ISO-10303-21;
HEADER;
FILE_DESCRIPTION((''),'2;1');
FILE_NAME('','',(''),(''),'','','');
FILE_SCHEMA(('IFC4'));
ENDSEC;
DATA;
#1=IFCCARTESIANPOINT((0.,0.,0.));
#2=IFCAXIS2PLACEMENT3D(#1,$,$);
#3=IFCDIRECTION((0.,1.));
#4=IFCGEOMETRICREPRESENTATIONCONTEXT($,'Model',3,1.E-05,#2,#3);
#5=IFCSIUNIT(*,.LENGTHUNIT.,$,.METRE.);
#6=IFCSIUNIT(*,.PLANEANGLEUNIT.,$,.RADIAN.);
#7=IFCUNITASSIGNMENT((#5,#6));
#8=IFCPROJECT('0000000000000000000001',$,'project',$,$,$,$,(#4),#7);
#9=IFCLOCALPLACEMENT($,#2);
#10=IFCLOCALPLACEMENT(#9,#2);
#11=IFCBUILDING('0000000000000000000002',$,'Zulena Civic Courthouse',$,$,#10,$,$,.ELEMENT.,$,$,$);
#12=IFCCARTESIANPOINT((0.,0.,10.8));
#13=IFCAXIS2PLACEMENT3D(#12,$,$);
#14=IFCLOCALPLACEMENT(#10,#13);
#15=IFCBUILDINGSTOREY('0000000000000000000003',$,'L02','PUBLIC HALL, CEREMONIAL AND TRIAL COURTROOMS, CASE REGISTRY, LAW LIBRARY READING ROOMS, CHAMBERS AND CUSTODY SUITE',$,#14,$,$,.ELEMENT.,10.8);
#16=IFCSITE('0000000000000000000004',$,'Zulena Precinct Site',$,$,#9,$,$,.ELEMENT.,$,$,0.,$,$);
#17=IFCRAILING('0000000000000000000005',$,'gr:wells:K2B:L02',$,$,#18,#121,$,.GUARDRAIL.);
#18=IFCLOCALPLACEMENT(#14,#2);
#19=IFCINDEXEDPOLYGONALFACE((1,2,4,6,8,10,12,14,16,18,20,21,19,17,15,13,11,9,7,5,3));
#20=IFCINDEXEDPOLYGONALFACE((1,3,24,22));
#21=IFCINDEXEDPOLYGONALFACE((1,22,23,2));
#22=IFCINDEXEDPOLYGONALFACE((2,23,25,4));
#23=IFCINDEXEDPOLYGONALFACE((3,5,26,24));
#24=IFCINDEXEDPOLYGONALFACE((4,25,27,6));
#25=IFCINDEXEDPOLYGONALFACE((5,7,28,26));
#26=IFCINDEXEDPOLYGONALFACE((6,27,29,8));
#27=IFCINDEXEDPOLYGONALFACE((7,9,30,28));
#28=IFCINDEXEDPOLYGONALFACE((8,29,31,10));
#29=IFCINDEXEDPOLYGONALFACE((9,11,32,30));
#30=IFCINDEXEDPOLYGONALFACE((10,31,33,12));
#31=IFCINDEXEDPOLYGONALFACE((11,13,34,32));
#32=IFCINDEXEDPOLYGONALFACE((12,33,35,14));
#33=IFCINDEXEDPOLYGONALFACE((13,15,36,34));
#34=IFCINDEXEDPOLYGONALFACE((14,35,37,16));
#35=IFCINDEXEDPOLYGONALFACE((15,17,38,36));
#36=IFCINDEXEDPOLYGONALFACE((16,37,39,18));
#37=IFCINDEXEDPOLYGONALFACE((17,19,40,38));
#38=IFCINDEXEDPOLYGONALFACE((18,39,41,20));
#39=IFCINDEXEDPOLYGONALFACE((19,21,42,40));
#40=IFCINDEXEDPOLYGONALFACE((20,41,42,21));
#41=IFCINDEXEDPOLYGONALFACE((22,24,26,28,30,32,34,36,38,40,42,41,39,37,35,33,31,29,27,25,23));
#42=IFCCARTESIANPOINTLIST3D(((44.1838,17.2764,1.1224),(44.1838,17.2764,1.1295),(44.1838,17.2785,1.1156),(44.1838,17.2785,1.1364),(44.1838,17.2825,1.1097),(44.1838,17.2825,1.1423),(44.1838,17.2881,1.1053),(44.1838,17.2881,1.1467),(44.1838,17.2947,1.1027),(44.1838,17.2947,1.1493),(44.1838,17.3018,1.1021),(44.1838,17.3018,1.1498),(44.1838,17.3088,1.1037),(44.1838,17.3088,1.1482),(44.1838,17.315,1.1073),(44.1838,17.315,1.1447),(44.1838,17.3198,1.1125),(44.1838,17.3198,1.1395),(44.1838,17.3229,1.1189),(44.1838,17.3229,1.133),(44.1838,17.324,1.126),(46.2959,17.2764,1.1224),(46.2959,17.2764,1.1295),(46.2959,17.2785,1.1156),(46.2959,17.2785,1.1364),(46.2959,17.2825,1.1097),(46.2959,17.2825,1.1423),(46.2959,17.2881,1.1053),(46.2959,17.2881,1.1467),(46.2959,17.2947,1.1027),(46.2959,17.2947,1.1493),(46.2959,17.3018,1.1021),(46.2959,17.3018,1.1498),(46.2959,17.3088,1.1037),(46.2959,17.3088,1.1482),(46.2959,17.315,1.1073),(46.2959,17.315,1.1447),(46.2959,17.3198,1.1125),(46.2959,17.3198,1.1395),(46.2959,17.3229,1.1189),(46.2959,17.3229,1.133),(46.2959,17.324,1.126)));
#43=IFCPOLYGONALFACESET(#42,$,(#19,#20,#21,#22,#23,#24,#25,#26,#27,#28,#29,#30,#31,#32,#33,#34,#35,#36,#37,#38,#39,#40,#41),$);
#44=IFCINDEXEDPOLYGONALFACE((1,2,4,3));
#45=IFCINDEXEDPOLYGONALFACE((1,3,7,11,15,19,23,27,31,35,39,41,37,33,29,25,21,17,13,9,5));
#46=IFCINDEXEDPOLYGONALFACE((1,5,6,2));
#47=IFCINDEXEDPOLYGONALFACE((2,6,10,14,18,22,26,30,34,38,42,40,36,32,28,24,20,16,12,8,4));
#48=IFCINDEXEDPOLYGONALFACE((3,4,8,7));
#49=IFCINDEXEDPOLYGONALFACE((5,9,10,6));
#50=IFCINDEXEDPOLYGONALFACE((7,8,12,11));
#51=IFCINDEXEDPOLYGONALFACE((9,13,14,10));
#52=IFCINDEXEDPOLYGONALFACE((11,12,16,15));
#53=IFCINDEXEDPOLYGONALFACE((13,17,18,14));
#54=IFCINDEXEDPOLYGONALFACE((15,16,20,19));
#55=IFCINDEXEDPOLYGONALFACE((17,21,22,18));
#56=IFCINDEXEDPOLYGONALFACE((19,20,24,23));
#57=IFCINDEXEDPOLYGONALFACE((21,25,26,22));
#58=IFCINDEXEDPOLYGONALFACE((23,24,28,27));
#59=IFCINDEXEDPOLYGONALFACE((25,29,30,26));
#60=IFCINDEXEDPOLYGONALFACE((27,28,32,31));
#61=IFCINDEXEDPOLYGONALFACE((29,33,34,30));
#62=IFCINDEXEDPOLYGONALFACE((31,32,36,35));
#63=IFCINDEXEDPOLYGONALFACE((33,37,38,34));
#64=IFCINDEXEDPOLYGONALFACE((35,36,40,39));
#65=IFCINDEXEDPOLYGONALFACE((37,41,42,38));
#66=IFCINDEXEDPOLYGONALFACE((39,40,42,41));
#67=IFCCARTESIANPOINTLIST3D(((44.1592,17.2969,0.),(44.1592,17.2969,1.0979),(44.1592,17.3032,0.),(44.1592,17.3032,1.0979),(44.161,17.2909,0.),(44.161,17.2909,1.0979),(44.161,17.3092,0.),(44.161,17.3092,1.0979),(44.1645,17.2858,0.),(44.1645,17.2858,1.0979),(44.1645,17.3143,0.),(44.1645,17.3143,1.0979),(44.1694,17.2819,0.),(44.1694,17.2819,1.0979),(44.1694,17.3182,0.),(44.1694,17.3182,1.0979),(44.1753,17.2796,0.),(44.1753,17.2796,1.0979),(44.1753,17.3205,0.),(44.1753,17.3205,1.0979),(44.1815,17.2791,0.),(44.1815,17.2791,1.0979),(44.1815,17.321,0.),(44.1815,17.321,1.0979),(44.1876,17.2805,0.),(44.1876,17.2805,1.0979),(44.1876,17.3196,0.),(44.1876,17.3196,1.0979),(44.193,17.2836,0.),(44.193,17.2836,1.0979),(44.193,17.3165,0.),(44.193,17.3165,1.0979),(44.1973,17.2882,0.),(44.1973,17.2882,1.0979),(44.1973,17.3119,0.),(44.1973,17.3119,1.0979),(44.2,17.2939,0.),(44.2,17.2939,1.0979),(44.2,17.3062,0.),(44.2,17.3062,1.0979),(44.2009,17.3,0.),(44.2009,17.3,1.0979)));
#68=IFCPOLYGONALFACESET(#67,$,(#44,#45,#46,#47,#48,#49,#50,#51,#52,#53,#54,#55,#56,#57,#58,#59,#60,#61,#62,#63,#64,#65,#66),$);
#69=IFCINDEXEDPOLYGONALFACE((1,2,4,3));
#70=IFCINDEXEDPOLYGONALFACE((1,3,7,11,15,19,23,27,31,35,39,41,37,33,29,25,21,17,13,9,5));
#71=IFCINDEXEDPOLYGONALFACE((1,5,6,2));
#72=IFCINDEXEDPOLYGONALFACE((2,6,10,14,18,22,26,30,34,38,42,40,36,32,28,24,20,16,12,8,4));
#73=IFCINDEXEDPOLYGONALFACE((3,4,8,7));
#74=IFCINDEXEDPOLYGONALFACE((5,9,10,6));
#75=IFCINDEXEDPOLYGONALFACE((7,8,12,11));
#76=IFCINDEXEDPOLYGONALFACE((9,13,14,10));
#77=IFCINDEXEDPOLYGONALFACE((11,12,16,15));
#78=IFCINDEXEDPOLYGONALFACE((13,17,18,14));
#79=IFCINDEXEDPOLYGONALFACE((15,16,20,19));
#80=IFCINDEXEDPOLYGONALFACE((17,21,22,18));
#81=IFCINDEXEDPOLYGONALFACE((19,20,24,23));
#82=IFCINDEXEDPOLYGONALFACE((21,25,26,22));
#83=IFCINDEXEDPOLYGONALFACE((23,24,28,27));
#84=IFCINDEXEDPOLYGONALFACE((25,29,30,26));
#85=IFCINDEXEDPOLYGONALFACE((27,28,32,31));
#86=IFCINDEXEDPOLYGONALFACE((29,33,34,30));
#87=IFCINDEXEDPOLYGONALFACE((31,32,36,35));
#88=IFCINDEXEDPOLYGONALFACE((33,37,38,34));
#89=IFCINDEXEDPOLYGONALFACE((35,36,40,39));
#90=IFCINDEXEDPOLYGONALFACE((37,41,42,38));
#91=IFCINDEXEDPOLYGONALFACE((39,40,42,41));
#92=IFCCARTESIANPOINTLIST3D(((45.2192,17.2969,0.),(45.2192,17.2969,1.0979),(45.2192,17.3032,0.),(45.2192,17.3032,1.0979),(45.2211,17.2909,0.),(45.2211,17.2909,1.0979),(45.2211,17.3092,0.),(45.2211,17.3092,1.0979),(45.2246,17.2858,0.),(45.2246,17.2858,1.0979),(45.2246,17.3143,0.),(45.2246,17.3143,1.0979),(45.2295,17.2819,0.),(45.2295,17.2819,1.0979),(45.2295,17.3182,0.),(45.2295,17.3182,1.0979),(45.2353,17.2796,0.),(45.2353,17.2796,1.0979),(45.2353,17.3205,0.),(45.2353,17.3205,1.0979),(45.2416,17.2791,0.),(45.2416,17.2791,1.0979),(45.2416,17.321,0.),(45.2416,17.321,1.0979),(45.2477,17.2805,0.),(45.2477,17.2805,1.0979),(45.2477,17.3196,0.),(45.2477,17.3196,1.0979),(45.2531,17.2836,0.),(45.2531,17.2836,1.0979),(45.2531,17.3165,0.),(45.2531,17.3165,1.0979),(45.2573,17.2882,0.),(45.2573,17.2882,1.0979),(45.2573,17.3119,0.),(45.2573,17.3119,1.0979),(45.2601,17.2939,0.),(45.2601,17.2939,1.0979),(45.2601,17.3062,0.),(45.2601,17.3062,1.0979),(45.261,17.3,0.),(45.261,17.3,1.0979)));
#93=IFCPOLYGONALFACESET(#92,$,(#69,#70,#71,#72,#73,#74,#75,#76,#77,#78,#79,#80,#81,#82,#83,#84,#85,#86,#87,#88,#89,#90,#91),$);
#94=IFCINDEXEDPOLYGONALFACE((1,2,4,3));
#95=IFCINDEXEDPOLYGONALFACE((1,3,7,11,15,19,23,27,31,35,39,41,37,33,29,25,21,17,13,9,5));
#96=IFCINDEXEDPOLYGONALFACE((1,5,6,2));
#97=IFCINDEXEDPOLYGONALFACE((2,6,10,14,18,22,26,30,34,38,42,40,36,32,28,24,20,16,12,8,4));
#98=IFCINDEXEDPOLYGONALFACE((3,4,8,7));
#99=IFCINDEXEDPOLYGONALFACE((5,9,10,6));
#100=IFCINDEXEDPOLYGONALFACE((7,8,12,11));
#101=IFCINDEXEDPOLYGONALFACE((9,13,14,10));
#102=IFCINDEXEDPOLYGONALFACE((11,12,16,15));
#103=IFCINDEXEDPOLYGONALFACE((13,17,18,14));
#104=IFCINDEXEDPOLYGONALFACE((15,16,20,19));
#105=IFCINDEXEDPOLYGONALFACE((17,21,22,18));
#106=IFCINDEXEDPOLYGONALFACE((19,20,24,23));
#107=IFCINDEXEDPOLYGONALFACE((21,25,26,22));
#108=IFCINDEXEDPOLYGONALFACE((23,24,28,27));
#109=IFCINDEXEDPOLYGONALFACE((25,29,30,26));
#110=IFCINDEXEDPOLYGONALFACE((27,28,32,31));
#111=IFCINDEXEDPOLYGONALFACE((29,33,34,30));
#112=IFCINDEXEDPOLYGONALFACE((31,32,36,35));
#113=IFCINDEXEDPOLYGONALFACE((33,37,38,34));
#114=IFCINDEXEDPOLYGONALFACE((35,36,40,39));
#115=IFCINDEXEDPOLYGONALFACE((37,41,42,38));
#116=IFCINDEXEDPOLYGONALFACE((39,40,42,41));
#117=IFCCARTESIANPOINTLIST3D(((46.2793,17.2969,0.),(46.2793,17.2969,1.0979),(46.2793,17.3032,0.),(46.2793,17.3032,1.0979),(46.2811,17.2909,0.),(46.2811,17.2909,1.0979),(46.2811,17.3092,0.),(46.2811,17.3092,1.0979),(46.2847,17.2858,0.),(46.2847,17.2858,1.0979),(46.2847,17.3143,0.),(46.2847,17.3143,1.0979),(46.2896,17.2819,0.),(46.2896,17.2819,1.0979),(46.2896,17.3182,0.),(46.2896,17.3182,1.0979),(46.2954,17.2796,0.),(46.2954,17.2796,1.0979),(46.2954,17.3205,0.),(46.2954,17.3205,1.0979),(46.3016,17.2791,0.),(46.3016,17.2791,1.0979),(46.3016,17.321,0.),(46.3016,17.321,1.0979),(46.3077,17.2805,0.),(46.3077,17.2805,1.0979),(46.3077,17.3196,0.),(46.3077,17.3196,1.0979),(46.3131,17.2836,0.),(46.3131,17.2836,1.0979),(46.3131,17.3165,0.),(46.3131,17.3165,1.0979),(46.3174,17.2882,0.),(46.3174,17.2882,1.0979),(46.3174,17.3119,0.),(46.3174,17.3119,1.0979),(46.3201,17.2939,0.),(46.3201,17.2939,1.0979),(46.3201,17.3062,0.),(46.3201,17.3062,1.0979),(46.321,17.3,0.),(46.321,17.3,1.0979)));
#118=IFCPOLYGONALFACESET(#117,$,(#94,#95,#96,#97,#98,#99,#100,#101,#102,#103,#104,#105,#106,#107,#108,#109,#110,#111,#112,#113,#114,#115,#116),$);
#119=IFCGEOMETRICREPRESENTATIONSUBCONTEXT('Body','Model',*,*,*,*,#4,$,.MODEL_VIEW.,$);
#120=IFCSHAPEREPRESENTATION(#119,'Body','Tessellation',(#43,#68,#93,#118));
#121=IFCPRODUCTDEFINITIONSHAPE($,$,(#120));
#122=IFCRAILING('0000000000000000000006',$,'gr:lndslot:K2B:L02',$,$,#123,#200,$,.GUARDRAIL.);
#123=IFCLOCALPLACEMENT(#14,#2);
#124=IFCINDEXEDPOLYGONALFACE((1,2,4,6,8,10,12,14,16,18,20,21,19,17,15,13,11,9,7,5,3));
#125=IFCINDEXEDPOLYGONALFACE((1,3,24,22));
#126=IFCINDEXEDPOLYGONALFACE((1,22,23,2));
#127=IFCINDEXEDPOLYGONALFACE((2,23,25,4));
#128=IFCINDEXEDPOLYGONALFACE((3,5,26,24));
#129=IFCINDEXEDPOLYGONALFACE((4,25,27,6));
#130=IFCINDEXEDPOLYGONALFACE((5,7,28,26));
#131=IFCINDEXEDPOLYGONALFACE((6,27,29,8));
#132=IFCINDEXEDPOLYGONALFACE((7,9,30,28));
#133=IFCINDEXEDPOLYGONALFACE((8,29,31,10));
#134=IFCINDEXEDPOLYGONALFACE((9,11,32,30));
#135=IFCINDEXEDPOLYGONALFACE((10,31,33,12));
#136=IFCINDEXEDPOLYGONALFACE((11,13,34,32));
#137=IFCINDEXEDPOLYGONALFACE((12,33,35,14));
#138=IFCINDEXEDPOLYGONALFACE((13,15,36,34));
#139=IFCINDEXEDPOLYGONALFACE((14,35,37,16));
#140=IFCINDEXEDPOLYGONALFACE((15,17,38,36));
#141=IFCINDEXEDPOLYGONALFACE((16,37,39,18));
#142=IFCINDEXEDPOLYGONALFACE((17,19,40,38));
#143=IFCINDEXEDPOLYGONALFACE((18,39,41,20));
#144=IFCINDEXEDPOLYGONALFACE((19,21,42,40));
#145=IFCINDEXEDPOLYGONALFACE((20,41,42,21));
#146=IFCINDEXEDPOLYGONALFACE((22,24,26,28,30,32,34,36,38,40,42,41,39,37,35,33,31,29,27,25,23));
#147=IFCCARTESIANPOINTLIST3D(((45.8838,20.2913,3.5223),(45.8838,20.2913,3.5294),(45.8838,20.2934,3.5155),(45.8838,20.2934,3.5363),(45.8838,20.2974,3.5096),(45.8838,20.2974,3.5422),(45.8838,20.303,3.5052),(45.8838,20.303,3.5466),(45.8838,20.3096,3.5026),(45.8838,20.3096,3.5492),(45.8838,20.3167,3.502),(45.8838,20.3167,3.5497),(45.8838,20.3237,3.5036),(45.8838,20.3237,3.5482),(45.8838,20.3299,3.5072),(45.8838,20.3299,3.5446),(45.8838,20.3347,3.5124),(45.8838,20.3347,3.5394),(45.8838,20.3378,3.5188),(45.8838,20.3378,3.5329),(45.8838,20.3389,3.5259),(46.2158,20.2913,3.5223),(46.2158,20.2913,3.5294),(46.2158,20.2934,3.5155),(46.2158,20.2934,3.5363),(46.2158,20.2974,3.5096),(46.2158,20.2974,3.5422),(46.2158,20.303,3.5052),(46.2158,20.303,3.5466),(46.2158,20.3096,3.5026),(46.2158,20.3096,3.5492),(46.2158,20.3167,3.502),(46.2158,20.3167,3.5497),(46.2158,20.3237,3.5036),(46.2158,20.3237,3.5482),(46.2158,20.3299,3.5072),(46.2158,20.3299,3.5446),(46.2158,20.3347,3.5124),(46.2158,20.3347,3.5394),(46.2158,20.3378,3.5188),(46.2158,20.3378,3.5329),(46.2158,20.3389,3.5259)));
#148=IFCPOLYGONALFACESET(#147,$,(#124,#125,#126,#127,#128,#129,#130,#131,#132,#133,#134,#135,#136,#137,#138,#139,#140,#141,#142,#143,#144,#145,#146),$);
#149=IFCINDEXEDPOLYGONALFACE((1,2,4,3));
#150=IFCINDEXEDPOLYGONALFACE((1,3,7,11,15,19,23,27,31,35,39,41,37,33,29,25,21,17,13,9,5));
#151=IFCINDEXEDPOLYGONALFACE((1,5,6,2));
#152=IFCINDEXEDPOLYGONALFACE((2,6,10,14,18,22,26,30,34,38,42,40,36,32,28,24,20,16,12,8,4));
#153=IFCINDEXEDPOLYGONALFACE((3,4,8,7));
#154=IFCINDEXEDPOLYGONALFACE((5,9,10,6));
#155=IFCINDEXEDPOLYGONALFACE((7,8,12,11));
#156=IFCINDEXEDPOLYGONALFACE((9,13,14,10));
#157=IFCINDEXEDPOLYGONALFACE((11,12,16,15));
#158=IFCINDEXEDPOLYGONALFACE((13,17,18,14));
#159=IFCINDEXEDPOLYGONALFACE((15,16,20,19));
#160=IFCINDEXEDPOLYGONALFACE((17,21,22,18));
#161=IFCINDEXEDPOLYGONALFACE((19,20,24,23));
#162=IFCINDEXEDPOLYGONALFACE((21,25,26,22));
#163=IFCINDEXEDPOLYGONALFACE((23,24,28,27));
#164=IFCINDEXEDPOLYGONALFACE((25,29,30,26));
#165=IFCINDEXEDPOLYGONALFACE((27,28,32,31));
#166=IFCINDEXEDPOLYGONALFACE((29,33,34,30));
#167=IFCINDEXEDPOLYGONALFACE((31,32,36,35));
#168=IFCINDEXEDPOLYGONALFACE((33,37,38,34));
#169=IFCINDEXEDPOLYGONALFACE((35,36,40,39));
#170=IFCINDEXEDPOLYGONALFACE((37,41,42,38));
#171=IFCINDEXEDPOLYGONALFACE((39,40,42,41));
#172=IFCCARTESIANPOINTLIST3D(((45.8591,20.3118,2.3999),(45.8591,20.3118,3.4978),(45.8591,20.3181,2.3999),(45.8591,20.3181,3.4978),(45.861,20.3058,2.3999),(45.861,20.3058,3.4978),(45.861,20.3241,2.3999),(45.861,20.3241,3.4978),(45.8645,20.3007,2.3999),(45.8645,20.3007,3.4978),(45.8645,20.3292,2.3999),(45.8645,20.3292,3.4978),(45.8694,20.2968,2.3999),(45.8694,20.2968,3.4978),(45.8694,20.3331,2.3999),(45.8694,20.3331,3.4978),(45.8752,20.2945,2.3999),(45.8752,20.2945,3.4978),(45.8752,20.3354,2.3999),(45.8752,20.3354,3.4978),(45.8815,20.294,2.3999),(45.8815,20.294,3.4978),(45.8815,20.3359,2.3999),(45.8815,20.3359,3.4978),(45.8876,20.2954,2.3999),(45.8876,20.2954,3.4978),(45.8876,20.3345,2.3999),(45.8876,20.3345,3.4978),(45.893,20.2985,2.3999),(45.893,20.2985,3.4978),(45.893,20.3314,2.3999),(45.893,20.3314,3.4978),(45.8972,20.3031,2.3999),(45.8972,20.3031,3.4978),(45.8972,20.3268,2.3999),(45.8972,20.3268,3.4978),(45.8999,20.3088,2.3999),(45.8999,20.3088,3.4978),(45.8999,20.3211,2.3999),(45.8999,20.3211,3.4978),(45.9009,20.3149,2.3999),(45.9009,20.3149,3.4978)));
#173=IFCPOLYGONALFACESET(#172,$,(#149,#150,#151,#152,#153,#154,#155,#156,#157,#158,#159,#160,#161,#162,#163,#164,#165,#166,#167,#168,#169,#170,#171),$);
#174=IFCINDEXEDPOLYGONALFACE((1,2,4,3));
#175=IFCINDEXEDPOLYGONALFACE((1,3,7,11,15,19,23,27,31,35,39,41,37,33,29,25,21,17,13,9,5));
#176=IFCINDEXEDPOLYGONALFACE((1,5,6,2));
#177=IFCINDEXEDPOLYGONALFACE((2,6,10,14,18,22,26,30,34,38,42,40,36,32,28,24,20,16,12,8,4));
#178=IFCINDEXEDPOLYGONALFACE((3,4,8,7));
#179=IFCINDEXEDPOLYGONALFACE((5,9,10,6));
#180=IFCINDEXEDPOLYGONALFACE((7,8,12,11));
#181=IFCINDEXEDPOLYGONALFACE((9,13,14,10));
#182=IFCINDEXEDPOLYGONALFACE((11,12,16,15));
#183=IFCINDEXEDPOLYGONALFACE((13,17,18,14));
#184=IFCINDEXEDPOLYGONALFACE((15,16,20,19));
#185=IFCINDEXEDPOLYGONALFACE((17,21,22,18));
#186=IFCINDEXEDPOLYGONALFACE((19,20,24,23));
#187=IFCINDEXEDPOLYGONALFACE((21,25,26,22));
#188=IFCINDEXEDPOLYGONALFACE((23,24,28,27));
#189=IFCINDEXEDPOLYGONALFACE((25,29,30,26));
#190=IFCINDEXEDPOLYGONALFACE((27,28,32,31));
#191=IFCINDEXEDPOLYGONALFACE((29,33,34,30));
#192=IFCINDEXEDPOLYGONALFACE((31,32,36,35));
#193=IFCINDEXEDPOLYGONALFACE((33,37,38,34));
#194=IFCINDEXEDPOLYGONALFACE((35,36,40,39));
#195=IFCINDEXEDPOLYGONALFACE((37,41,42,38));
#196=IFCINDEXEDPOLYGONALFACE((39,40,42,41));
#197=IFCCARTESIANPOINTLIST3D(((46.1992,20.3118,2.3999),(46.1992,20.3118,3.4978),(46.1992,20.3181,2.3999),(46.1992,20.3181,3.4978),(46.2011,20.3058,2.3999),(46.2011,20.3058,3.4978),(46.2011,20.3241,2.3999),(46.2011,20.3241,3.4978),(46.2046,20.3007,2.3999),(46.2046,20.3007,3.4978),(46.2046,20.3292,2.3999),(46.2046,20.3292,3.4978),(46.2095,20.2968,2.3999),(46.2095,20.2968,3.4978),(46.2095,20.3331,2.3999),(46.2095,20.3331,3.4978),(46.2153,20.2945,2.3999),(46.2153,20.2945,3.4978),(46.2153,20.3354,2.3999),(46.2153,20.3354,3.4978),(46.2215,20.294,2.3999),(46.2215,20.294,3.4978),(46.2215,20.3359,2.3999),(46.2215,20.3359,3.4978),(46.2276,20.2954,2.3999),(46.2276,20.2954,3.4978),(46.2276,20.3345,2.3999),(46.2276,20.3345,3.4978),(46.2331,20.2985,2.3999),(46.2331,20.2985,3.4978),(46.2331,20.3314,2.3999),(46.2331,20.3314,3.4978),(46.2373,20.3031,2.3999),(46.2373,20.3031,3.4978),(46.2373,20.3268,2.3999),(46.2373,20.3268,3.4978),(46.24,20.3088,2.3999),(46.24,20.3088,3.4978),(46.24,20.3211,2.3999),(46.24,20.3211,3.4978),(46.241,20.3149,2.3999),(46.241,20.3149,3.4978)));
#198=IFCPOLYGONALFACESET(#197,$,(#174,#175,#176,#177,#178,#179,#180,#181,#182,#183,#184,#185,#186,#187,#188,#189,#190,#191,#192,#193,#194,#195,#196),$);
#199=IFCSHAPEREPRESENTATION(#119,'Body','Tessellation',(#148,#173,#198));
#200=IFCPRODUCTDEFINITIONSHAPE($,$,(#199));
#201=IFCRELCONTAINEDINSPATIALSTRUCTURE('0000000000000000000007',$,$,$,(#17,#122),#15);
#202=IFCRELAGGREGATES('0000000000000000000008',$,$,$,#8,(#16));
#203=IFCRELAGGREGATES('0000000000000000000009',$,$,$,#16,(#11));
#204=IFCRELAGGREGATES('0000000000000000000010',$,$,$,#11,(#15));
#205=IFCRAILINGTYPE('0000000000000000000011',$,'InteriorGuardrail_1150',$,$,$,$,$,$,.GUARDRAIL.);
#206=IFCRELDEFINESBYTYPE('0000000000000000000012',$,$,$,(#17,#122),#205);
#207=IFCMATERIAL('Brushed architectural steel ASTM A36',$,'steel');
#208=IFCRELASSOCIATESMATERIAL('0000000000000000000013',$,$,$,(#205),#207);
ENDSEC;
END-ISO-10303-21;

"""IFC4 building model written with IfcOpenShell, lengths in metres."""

from ifc_helpers import new_model, si_unit, direction, frame, origin, origin_2d, place, context, subcontext, project, spatial, circle, extrude, material, type_object, element, save


model = new_model("IFC4")

# Units and contexts
model_context = context("Model", 3, precision=1e-05, world=origin(), true_north=direction((0.0, 1.0)))
body_context = subcontext(model_context, "Body", "Model", "MODEL_VIEW")
ifc_project = project(units=[si_unit("LENGTHUNIT", "METRE"), si_unit("PLANEANGLEUNIT", "RADIAN")], contexts=[model_context])

# Site, building, storey
site_placement = place(None, origin())
site = spatial("IfcSite", under=ifc_project, at=site_placement, Name="Zulena Precinct Site", CompositionType="ELEMENT", RefElevation=0.0)
building_placement = place(site_placement, origin())
building = spatial("IfcBuilding", under=site, at=building_placement, Name="Zulena Civic Courthouse", CompositionType="ELEMENT")
storey_placement = place(building_placement, frame((0.0, 0.0, 10.8)))
storey = spatial("IfcBuildingStorey", under=building, at=storey_placement, Name="L02", Description="PUBLIC HALL, CEREMONIAL AND TRIAL COURTROOMS, CASE REGISTRY, LAW LIBRARY READING ROOMS, CHAMBERS AND CUSTODY SUITE", CompositionType="ELEMENT", Elevation=10.8)

# Railings
ifc_material_1 = material(Name="Brushed architectural steel ASTM A36", Category="steel")
railing_type_1 = type_object("IfcRailingType", Name="InteriorGuardrail_1150", PredefinedType="GUARDRAIL", material=ifc_material_1)
railing_1_placement = place(storey_placement, frame((44.1799, 17.3, 0.0)))
element("IfcRailing", 1, at=railing_1_placement, inside=storey, type_object=railing_type_1, Name="gr:wells:K2B:L02", PredefinedType="GUARDRAIL", context=body_context, shape_type="SweptSolid", body=[
    extrude(circle(Radius=0.0239, at=origin_2d()), frame((0.0039, 0.0, 1.126), z_axis=(1.0, 0.0, 0.0), x_axis=(0.0, 1.0, 0.0)), (0.0, 0.0, 1.0), 2.1121),
    extrude(circle(Radius=0.021, at=origin_2d()), origin(), (0.0, 0.0, 1.0), 1.0979),
    extrude(circle(Radius=0.021, at=origin_2d()), frame((1.0601, 0.0, 0.0)), (0.0, 0.0, 1.0), 1.0979),
    extrude(circle(Radius=0.021, at=origin_2d()), frame((2.1201, 0.0, 0.0)), (0.0, 0.0, 1.0), 1.0979),
])
railing_2_placement = place(storey_placement, frame((45.8799, 20.3149, 2.3999)))
element("IfcRailing", 2, at=railing_2_placement, inside=storey, type_object=railing_type_1, Name="gr:lndslot:K2B:L02", PredefinedType="GUARDRAIL", context=body_context, shape_type="SweptSolid", body=[
    extrude(circle(Radius=0.0239, at=origin_2d()), frame((0.0039, 0.0, 1.126), z_axis=(1.0, 0.0, 0.0), x_axis=(0.0, 1.0, 0.0)), (0.0, 0.0, 1.0), 0.332),
    extrude(circle(Radius=0.021, at=origin_2d()), origin(), (0.0, 0.0, 1.0), 1.0979),
    extrude(circle(Radius=0.021, at=origin_2d()), frame((0.3401, 0.0, 0.0)), (0.0, 0.0, 1.0), 1.0979),
])

save(model, "model.ifc")
